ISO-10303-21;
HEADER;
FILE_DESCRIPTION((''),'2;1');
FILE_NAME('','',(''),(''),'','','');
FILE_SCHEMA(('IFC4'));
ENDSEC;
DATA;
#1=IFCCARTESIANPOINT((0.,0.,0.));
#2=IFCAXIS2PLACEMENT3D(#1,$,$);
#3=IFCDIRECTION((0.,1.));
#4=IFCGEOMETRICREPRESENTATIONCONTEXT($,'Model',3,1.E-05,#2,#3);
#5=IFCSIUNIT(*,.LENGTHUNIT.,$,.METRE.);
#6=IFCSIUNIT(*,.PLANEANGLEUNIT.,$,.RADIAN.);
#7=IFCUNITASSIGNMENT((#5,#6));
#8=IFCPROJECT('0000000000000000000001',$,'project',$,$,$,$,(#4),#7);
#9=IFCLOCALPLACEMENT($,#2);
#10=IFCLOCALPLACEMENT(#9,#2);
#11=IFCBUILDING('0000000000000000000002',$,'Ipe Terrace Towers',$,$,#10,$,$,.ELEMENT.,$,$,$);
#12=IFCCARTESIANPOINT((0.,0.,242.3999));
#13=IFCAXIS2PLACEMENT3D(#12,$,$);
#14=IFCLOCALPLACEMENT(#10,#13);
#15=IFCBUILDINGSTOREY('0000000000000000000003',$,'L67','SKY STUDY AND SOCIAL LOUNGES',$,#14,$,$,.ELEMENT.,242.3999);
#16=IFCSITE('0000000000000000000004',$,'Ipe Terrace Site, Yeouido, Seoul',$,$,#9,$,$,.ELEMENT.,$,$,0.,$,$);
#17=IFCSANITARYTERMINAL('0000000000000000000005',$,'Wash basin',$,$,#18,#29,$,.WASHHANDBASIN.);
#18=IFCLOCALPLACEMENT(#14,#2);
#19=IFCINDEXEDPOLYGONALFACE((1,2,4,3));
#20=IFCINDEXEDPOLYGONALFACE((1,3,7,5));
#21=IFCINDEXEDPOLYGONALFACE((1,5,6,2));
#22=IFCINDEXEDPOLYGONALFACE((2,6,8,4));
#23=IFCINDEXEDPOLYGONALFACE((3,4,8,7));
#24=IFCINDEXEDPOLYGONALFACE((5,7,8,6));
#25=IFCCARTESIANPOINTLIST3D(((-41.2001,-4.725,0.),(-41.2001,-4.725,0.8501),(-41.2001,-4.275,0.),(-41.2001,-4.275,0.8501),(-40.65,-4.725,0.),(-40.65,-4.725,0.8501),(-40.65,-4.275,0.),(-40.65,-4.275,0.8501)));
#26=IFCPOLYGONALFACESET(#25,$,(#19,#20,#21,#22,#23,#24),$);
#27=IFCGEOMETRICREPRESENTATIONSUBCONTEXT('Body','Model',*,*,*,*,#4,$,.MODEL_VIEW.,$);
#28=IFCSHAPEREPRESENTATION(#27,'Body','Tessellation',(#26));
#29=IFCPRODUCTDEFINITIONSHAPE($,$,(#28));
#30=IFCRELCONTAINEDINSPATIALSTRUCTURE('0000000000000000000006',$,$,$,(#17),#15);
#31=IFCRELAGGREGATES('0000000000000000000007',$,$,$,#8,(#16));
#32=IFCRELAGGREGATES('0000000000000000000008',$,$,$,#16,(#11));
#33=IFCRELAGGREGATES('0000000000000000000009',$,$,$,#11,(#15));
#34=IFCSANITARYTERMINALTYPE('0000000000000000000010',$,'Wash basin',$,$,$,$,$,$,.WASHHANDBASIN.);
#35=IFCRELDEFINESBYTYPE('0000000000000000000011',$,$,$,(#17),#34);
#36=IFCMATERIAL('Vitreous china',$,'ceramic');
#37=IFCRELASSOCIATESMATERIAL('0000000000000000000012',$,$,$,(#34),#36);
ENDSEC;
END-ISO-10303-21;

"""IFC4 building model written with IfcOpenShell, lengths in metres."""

from ifc_helpers import new_model, si_unit, direction, frame, origin, origin_2d, place, context, subcontext, project, spatial, rectangle, extrude, material, type_object, element, save


model = new_model("IFC4")

# Units and contexts
model_context = context("Model", 3, precision=1e-05, world=origin(), true_north=direction((0.0, 1.0)))
body_context = subcontext(model_context, "Body", "Model", "MODEL_VIEW")
ifc_project = project(units=[si_unit("LENGTHUNIT", "METRE"), si_unit("PLANEANGLEUNIT", "RADIAN")], contexts=[model_context])

# Site, building, storey
site_placement = place(None, origin())
site = spatial("IfcSite", under=ifc_project, at=site_placement, Name="Ipe Terrace Site, Yeouido, Seoul", CompositionType="ELEMENT", RefElevation=0.0)
building_placement = place(site_placement, origin())
building = spatial("IfcBuilding", under=site, at=building_placement, Name="Ipe Terrace Towers", CompositionType="ELEMENT")
storey_placement = place(building_placement, frame((0.0, 0.0, 242.3999)))
storey = spatial("IfcBuildingStorey", under=building, at=storey_placement, Name="L67", Description="SKY STUDY AND SOCIAL LOUNGES", CompositionType="ELEMENT", Elevation=242.3999)

# Sanitary terminal
ifc_material_1 = material(Name="Vitreous china", Category="ceramic")
sanitary_terminal_type = type_object("IfcSanitaryTerminalType", Name="Wash basin", PredefinedType="WASHHANDBASIN", material=ifc_material_1)
sanitary_terminal_placement = place(storey_placement, frame((-40.925, -4.5, 0.0), z_axis=(0.0, 0.0, 1.0), x_axis=(1.0, 0.0, 0.0)))
element("IfcSanitaryTerminal", 1, at=sanitary_terminal_placement, inside=storey, type_object=sanitary_terminal_type, Name="Wash basin", PredefinedType="WASHHANDBASIN", context=body_context, shape_type="SweptSolid", body=[
    extrude(rectangle(XDim=0.55, YDim=0.45, at=origin_2d()), origin(), (0.0, 0.0, 1.0), 0.8501),
])

save(model, "model.ifc")
